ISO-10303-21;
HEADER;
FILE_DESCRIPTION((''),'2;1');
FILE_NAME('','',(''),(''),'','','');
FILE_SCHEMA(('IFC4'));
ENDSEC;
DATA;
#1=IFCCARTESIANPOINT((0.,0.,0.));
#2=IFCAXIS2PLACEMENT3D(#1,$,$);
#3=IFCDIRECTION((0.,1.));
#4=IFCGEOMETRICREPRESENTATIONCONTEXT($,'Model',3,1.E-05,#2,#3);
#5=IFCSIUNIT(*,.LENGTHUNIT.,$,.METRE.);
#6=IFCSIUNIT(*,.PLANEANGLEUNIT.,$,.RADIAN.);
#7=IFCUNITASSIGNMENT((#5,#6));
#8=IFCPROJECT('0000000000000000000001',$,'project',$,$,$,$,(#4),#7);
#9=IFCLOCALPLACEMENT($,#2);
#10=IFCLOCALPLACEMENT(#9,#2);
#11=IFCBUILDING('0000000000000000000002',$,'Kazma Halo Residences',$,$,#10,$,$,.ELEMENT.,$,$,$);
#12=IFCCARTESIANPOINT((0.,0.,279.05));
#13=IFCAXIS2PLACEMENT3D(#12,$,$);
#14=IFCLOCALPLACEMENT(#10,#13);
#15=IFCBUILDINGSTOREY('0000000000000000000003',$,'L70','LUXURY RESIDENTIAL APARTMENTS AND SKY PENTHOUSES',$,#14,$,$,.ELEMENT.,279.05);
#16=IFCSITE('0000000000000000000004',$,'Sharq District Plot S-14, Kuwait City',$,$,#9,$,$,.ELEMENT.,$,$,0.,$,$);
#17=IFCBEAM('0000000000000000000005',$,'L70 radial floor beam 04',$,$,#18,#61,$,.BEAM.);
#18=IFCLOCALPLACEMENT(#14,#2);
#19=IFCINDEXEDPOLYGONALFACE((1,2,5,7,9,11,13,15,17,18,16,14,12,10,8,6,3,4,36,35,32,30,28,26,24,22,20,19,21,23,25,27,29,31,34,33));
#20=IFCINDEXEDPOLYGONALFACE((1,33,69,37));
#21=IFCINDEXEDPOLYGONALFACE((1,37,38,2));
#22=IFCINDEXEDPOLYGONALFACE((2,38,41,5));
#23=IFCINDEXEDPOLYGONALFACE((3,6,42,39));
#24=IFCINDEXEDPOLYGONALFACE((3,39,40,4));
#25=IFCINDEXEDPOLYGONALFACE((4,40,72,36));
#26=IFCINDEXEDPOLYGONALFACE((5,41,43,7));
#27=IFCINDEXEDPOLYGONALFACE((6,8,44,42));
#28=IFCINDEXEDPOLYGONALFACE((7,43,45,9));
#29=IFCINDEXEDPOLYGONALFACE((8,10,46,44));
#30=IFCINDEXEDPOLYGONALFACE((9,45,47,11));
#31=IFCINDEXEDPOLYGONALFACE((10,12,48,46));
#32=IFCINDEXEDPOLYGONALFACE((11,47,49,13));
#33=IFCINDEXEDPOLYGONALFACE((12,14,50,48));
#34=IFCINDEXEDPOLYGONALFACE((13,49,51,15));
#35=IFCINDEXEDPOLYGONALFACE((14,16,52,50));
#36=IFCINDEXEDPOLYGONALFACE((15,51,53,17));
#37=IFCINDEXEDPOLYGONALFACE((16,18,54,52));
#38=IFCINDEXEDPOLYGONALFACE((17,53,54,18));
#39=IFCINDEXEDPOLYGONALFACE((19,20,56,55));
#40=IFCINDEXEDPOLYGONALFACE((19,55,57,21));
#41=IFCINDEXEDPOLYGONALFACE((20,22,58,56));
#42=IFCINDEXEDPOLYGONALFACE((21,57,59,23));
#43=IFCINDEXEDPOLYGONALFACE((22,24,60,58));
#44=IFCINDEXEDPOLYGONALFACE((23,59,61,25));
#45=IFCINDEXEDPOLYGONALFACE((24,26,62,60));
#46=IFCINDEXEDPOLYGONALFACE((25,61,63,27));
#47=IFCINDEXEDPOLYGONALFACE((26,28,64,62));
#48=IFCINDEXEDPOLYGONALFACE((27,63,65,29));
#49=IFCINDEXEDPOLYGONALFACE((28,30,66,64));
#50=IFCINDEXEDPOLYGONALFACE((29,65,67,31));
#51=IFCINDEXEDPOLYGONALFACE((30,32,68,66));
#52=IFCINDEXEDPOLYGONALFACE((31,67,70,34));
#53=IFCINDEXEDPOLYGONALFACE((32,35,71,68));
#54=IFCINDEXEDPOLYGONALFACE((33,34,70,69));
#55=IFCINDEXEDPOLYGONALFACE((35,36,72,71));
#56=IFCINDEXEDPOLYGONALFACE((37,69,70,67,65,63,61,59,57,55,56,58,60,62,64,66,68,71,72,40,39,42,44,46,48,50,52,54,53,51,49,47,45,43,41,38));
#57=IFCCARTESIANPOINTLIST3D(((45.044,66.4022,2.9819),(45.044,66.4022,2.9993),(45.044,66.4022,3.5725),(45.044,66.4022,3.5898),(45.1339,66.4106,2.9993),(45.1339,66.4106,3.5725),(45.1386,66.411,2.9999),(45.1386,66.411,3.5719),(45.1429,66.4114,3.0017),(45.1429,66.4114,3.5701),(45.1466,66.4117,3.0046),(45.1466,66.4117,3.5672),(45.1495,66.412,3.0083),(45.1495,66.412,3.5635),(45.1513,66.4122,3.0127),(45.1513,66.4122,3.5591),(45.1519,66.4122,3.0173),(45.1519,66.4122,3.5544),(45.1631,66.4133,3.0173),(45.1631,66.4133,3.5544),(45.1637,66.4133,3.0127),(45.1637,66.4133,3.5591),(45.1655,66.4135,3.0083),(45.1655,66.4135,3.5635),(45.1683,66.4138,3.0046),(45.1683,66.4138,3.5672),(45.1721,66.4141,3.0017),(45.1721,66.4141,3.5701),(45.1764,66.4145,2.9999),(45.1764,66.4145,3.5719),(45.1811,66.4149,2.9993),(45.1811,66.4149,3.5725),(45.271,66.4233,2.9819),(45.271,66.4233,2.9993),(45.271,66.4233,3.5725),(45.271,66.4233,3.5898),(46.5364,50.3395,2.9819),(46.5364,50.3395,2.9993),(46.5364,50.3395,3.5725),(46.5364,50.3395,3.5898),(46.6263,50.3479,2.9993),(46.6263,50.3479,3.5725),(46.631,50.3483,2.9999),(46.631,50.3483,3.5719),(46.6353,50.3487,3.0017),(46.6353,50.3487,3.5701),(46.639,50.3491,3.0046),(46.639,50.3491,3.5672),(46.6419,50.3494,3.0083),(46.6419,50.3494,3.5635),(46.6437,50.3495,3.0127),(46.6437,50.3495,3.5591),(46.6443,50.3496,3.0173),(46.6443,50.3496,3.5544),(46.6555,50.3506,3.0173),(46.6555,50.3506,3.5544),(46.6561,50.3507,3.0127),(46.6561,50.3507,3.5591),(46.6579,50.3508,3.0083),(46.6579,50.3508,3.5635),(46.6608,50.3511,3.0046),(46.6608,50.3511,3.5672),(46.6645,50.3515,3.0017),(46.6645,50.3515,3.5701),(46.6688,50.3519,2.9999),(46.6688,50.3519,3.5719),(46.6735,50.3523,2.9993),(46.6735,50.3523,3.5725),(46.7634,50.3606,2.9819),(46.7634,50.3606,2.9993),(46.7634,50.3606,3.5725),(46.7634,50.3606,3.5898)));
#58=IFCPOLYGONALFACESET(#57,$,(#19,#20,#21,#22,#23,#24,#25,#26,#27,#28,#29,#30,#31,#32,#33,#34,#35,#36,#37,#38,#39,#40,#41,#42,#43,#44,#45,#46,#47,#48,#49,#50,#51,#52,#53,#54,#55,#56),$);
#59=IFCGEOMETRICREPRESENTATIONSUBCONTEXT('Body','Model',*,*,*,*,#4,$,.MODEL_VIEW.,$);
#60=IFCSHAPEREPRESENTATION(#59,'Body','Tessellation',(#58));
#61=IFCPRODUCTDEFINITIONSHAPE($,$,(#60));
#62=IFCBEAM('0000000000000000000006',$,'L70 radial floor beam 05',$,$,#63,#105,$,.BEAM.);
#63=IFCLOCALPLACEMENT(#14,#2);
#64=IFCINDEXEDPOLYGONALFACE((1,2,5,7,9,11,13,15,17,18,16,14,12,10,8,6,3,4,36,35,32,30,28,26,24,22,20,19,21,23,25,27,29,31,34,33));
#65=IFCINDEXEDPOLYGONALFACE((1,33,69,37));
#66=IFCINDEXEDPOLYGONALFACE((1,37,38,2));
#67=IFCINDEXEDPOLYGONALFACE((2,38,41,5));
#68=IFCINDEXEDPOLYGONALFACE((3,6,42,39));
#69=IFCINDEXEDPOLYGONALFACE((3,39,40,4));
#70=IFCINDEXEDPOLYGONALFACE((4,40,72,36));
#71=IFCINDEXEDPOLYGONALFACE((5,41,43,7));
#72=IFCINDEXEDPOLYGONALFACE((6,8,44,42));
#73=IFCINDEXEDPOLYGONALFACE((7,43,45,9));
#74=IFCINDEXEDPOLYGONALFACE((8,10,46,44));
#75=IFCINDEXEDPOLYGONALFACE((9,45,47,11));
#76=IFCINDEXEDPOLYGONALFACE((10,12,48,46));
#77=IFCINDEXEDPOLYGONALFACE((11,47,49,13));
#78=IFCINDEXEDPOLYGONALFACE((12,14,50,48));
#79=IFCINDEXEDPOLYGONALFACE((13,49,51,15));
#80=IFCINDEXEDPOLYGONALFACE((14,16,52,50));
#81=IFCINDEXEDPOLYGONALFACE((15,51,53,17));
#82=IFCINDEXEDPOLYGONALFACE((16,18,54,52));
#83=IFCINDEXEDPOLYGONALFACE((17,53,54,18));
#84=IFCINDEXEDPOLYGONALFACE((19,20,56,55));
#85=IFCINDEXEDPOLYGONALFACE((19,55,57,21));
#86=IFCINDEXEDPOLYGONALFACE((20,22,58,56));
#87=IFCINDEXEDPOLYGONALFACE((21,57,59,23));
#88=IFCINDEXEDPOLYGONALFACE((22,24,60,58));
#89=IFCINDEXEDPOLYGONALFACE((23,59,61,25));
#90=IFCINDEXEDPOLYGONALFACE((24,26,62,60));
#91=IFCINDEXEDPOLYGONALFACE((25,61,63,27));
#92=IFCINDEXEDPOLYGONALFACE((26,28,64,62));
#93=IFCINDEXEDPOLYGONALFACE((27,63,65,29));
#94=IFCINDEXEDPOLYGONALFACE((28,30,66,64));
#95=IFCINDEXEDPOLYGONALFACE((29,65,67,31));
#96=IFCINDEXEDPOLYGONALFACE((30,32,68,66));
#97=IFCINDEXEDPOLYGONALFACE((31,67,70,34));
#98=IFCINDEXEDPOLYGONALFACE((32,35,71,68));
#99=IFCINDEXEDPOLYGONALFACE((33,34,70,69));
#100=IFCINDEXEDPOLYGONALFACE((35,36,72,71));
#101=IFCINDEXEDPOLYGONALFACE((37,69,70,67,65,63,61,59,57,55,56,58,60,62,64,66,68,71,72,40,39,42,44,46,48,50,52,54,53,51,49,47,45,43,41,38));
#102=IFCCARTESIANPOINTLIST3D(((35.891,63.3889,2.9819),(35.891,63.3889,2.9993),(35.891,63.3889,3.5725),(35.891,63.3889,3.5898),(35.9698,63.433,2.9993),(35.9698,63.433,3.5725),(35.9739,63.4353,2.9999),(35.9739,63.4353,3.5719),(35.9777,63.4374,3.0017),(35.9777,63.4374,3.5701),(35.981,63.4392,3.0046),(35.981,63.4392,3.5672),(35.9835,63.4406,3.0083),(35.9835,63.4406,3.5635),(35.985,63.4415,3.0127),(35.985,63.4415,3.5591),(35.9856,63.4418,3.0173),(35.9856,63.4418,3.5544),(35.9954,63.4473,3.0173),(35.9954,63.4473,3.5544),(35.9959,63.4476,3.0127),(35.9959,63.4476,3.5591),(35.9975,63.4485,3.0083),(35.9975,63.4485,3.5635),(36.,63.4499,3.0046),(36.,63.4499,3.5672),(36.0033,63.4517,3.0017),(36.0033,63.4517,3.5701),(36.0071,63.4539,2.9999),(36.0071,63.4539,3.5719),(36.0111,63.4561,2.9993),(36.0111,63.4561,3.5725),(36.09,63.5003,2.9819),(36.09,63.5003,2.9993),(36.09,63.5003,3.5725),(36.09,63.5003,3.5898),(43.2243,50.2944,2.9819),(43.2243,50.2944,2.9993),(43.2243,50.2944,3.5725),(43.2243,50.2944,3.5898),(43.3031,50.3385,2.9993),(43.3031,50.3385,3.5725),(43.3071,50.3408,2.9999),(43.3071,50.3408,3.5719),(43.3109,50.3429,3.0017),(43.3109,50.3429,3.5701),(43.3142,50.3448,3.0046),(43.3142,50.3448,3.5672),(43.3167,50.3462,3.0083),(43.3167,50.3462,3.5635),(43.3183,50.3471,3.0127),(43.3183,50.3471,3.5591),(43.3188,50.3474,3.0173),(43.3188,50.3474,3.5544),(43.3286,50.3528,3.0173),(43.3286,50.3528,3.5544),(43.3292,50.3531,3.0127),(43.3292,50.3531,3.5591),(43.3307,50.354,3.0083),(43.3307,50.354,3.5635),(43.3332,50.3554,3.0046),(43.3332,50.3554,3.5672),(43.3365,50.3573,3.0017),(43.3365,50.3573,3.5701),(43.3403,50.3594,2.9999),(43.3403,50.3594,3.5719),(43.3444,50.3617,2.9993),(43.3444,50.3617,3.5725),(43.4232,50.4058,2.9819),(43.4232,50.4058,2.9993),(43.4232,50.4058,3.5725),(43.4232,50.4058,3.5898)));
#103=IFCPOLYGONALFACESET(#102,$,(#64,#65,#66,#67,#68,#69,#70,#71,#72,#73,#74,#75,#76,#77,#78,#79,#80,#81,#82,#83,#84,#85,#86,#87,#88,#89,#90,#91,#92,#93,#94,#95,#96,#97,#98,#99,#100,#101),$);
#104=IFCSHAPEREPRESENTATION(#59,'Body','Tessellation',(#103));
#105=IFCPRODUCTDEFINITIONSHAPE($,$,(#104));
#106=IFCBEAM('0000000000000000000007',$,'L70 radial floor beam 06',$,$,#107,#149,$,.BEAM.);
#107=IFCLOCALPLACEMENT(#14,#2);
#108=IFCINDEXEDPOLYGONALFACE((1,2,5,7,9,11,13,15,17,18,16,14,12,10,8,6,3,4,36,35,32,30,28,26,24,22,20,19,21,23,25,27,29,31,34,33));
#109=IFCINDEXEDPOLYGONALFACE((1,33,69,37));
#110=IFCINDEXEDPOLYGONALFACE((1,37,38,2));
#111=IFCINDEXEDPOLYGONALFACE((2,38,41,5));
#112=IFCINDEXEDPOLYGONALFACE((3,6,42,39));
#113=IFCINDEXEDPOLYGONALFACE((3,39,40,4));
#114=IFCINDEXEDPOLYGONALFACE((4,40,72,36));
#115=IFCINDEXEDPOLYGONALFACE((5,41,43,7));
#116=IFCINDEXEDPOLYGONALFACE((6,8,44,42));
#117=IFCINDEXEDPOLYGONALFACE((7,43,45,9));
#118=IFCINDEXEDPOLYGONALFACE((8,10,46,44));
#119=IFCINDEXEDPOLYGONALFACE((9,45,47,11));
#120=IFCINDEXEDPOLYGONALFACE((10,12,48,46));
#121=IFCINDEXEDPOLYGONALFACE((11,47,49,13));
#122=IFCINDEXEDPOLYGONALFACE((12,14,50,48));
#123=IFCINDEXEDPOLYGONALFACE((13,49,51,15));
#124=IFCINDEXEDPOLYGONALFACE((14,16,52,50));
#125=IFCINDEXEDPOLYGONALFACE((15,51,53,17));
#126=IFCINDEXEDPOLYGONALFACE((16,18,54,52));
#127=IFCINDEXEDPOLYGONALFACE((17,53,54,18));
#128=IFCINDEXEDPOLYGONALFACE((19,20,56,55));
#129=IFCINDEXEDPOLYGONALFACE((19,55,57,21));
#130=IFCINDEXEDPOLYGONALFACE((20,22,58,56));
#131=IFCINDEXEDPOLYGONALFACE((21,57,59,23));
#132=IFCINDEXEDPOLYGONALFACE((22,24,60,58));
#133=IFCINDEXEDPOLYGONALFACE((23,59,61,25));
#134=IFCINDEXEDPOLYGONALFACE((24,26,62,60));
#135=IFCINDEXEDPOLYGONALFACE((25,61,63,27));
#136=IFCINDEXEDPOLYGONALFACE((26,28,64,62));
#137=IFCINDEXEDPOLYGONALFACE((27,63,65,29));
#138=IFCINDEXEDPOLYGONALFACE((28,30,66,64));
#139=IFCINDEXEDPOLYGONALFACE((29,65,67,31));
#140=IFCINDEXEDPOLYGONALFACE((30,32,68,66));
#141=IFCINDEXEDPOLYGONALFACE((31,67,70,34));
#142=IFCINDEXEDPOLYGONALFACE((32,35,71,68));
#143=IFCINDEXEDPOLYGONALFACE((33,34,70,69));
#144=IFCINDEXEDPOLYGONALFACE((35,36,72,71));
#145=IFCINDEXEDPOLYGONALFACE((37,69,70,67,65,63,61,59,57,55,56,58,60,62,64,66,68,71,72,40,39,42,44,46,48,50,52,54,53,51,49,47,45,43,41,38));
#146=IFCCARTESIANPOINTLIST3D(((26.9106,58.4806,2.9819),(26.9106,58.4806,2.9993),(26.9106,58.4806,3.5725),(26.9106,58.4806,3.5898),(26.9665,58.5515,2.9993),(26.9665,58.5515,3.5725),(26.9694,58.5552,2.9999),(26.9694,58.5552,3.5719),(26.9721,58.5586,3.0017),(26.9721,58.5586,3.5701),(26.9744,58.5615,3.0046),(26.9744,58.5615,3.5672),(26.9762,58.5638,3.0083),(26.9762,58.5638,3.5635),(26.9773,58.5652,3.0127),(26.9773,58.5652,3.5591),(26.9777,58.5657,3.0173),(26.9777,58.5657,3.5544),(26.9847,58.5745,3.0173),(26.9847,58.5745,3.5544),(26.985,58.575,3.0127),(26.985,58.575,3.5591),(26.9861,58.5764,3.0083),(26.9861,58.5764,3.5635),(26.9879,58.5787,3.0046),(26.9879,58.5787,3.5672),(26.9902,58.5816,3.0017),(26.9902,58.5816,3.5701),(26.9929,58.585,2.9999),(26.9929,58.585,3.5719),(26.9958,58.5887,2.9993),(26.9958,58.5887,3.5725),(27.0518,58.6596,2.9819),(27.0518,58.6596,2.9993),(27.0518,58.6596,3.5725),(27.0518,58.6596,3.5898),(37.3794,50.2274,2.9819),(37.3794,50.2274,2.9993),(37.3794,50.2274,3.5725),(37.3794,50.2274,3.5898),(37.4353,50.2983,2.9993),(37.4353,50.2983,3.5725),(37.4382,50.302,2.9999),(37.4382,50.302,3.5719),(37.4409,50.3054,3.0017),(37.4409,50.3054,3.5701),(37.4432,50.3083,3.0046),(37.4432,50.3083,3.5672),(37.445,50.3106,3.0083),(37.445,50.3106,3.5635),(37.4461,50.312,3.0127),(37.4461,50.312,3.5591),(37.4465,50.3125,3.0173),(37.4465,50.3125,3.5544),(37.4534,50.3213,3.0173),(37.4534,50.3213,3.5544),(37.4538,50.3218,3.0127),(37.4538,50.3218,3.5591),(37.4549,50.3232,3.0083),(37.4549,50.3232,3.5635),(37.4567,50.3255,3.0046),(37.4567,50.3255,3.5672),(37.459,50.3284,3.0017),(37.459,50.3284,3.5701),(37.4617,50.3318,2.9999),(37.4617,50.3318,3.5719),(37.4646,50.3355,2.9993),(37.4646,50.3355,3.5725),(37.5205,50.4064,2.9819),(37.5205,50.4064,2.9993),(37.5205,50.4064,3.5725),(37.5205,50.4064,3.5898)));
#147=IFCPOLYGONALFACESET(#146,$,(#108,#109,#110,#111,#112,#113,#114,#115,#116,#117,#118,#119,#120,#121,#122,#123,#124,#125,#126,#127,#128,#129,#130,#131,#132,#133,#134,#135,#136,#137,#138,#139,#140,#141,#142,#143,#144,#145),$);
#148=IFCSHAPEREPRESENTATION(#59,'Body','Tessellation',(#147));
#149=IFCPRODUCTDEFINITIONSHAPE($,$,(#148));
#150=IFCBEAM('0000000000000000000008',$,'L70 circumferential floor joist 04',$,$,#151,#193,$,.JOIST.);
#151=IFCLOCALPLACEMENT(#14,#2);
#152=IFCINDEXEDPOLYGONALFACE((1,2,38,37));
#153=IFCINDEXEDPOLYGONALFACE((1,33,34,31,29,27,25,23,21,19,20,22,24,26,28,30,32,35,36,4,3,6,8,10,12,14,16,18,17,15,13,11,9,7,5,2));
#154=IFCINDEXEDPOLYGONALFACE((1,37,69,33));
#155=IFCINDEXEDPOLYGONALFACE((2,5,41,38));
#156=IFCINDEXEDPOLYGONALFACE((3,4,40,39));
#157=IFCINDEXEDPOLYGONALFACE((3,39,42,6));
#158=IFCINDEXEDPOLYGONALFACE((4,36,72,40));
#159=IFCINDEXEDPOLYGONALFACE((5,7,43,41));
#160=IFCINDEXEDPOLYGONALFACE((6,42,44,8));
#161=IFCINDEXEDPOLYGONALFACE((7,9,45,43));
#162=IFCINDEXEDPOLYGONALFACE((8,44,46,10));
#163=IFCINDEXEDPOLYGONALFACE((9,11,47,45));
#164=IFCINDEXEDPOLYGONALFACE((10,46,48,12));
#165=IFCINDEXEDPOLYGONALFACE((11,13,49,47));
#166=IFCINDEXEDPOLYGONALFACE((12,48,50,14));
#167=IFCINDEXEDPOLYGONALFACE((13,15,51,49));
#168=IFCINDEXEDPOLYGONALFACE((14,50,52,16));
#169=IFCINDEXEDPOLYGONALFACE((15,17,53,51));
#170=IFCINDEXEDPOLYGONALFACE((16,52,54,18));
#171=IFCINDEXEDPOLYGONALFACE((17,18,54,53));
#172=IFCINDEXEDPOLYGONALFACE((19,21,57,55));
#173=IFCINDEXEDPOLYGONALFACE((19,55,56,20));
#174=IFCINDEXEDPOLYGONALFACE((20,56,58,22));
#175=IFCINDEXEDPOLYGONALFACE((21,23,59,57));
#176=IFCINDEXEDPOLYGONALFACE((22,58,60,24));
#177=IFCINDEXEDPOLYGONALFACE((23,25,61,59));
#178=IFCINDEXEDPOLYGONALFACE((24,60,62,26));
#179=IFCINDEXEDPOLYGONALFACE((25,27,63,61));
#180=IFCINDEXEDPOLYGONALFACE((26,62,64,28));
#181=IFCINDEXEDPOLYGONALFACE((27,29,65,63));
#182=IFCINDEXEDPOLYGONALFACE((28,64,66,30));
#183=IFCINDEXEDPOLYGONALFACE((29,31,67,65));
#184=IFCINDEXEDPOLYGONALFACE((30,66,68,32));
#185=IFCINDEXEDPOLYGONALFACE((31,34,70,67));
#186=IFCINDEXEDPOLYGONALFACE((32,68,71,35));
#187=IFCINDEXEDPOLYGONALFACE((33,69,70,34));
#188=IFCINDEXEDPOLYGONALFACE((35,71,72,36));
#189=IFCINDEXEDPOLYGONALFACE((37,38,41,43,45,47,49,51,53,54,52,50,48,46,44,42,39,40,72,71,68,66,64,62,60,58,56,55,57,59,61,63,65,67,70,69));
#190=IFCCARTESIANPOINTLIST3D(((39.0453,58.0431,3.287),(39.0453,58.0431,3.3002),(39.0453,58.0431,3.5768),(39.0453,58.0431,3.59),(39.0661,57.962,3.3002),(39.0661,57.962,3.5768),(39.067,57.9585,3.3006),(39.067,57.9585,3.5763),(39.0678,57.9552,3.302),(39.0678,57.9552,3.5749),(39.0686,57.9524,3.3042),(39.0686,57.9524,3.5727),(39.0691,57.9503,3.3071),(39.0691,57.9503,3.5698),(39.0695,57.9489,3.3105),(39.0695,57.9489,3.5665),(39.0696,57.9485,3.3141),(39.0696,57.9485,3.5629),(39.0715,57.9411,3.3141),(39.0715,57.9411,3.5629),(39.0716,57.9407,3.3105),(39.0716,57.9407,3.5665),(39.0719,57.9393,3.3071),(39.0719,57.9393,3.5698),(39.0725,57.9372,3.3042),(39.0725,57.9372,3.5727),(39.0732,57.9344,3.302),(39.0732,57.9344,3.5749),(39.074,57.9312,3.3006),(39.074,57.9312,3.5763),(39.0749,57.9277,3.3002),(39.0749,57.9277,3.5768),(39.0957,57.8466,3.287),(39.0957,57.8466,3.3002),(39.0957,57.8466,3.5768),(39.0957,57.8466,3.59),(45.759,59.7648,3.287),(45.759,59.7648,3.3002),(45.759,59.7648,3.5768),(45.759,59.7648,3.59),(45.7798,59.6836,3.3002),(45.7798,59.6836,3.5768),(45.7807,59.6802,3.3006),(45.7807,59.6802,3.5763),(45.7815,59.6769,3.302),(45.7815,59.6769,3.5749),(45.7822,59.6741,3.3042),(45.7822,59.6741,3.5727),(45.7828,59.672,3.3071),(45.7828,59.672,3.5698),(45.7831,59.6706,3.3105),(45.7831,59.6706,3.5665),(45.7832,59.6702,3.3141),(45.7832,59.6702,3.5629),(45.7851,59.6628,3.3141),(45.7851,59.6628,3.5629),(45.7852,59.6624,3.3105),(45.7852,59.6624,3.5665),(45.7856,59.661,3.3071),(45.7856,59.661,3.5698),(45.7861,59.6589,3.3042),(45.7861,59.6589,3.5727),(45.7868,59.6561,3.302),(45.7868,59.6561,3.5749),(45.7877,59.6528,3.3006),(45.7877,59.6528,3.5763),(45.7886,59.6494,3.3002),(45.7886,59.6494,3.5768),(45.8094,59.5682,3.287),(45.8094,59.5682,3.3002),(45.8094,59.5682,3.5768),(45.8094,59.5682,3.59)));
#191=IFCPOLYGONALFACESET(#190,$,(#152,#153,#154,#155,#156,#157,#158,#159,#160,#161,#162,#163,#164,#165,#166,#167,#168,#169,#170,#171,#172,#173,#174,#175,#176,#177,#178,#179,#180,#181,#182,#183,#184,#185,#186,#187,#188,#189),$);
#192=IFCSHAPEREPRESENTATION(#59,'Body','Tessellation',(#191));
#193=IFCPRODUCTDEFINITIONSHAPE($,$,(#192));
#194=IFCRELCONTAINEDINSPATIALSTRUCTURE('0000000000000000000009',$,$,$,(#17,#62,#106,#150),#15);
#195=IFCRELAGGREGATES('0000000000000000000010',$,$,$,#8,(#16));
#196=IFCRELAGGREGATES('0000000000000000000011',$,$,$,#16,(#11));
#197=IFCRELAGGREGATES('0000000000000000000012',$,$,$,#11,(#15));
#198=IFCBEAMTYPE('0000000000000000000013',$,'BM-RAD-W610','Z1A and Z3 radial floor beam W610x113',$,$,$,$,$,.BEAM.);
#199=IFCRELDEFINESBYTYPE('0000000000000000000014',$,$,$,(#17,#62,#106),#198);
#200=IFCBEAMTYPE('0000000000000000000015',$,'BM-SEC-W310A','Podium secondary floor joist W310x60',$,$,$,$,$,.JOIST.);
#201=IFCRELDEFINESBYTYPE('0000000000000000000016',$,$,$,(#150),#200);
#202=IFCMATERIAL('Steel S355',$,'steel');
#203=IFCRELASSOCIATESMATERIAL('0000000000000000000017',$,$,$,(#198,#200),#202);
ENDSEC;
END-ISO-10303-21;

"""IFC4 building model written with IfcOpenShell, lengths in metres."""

from ifc_helpers import new_model, si_unit, direction, frame, origin, origin_2d, place, context, subcontext, project, spatial, i_section, extrude, material, material_profile, profile_set, type_object, element, save


model = new_model("IFC4")

# Units and contexts
model_context = context("Model", 3, precision=1e-05, world=origin(), true_north=direction((0.0, 1.0)))
body_context = subcontext(model_context, "Body", "Model", "MODEL_VIEW")
ifc_project = project(units=[si_unit("LENGTHUNIT", "METRE"), si_unit("PLANEANGLEUNIT", "RADIAN")], contexts=[model_context])

# Site, building, storey
site_placement = place(None, origin())
site = spatial("IfcSite", under=ifc_project, at=site_placement, Name="Sharq District Plot S-14, Kuwait City", CompositionType="ELEMENT", RefElevation=0.0)
building_placement = place(site_placement, origin())
building = spatial("IfcBuilding", under=site, at=building_placement, Name="Kazma Halo Residences", CompositionType="ELEMENT")
storey_placement = place(building_placement, frame((0.0, 0.0, 279.05)))
storey = spatial("IfcBuildingStorey", under=building, at=storey_placement, Name="L70", Description="LUXURY RESIDENTIAL APARTMENTS AND SKY PENTHOUSES", CompositionType="ELEMENT", Elevation=279.05)

# Beams
ifc_material_1 = material(Name="Steel S355", Category="steel")
ifc_material_profile_1 = material_profile(ifc_material_1, i_section(OverallWidth=0.228, OverallDepth=0.6079, WebThickness=0.0112, FlangeThickness=0.0173, FilletRadius=0.0181, at=origin_2d()), Name="W610x113")
ifc_profile_set_1 = profile_set([ifc_material_profile_1], Name="Steel S355")
beam_type_1 = type_object("IfcBeamType", Name="BM-RAD-W610", Description="Z1A and Z3 radial floor beam W610x113", PredefinedType="BEAM", material=ifc_profile_set_1)
beam_1_placement = place(storey_placement, frame((46.6499, 50.3501, 3.2859), z_axis=(-0.092514, 0.995711, 0.0), x_axis=(-0.995711, -0.092514, 0.0)))
element("IfcBeam", 1, at=beam_1_placement, inside=storey, type_object=beam_type_1, Name="L70 radial floor beam 04", PredefinedType="BEAM", context=body_context, shape_type="SweptSolid", body=[
    extrude(i_section(OverallWidth=0.228, OverallDepth=0.6079, WebThickness=0.0112, FlangeThickness=0.0173, FilletRadius=0.0181, at=origin_2d()), origin(), (0.0, 0.0, 1.0), 16.1318),
])
beam_2_placement = place(storey_placement, frame((43.3237, 50.3501, 3.2859), z_axis=(-0.488621, 0.872496, 0.0), x_axis=(-0.872496, -0.488621, 0.0)))
element("IfcBeam", 2, at=beam_2_placement, inside=storey, type_object=beam_type_1, Name="L70 radial floor beam 05", PredefinedType="BEAM", context=body_context, shape_type="SweptSolid", body=[
    extrude(i_section(OverallWidth=0.228, OverallDepth=0.6079, WebThickness=0.0112, FlangeThickness=0.0173, FilletRadius=0.0181, at=origin_2d()), origin(), (0.0, 0.0, 1.0), 15.0081),
])
beam_3_placement = place(storey_placement, frame((37.45, 50.3169, 3.2859), z_axis=(-0.785307, 0.619107, 0.0), x_axis=(-0.619107, -0.785307, 0.0)))
element("IfcBeam", 3, at=beam_3_placement, inside=storey, type_object=beam_type_1, Name="L70 radial floor beam 06", PredefinedType="BEAM", context=body_context, shape_type="SweptSolid", body=[
    extrude(i_section(OverallWidth=0.228, OverallDepth=0.6079, WebThickness=0.0112, FlangeThickness=0.0173, FilletRadius=0.0181, at=origin_2d()), origin(), (0.0, 0.0, 1.0), 13.3308),
])
ifc_material_profile_2 = material_profile(ifc_material_1, i_section(OverallWidth=0.2029, OverallDepth=0.303, WebThickness=0.0076, FlangeThickness=0.0132, FilletRadius=0.0139, at=origin_2d()), Name="W310x60")
ifc_profile_set_2 = profile_set([ifc_material_profile_2], Name="Steel S355")
beam_type_2 = type_object("IfcBeamType", Name="BM-SEC-W310A", Description="Podium secondary floor joist W310x60", PredefinedType="JOIST", material=ifc_profile_set_2)
beam_4_placement = place(storey_placement, frame((45.7842, 59.6665, 3.4385), z_axis=(-0.968656, -0.248408, 0.0), x_axis=(0.248408, -0.968656, 0.0)))
element("IfcBeam", 4, at=beam_4_placement, inside=storey, type_object=beam_type_2, Name="L70 circumferential floor joist 04", PredefinedType="JOIST", context=body_context, shape_type="SweptSolid", body=[
    extrude(i_section(OverallWidth=0.2029, OverallDepth=0.303, WebThickness=0.0076, FlangeThickness=0.0132, FilletRadius=0.0139, at=origin_2d()), origin(), (0.0, 0.0, 1.0), 6.9309),
])

save(model, "model.ifc")
